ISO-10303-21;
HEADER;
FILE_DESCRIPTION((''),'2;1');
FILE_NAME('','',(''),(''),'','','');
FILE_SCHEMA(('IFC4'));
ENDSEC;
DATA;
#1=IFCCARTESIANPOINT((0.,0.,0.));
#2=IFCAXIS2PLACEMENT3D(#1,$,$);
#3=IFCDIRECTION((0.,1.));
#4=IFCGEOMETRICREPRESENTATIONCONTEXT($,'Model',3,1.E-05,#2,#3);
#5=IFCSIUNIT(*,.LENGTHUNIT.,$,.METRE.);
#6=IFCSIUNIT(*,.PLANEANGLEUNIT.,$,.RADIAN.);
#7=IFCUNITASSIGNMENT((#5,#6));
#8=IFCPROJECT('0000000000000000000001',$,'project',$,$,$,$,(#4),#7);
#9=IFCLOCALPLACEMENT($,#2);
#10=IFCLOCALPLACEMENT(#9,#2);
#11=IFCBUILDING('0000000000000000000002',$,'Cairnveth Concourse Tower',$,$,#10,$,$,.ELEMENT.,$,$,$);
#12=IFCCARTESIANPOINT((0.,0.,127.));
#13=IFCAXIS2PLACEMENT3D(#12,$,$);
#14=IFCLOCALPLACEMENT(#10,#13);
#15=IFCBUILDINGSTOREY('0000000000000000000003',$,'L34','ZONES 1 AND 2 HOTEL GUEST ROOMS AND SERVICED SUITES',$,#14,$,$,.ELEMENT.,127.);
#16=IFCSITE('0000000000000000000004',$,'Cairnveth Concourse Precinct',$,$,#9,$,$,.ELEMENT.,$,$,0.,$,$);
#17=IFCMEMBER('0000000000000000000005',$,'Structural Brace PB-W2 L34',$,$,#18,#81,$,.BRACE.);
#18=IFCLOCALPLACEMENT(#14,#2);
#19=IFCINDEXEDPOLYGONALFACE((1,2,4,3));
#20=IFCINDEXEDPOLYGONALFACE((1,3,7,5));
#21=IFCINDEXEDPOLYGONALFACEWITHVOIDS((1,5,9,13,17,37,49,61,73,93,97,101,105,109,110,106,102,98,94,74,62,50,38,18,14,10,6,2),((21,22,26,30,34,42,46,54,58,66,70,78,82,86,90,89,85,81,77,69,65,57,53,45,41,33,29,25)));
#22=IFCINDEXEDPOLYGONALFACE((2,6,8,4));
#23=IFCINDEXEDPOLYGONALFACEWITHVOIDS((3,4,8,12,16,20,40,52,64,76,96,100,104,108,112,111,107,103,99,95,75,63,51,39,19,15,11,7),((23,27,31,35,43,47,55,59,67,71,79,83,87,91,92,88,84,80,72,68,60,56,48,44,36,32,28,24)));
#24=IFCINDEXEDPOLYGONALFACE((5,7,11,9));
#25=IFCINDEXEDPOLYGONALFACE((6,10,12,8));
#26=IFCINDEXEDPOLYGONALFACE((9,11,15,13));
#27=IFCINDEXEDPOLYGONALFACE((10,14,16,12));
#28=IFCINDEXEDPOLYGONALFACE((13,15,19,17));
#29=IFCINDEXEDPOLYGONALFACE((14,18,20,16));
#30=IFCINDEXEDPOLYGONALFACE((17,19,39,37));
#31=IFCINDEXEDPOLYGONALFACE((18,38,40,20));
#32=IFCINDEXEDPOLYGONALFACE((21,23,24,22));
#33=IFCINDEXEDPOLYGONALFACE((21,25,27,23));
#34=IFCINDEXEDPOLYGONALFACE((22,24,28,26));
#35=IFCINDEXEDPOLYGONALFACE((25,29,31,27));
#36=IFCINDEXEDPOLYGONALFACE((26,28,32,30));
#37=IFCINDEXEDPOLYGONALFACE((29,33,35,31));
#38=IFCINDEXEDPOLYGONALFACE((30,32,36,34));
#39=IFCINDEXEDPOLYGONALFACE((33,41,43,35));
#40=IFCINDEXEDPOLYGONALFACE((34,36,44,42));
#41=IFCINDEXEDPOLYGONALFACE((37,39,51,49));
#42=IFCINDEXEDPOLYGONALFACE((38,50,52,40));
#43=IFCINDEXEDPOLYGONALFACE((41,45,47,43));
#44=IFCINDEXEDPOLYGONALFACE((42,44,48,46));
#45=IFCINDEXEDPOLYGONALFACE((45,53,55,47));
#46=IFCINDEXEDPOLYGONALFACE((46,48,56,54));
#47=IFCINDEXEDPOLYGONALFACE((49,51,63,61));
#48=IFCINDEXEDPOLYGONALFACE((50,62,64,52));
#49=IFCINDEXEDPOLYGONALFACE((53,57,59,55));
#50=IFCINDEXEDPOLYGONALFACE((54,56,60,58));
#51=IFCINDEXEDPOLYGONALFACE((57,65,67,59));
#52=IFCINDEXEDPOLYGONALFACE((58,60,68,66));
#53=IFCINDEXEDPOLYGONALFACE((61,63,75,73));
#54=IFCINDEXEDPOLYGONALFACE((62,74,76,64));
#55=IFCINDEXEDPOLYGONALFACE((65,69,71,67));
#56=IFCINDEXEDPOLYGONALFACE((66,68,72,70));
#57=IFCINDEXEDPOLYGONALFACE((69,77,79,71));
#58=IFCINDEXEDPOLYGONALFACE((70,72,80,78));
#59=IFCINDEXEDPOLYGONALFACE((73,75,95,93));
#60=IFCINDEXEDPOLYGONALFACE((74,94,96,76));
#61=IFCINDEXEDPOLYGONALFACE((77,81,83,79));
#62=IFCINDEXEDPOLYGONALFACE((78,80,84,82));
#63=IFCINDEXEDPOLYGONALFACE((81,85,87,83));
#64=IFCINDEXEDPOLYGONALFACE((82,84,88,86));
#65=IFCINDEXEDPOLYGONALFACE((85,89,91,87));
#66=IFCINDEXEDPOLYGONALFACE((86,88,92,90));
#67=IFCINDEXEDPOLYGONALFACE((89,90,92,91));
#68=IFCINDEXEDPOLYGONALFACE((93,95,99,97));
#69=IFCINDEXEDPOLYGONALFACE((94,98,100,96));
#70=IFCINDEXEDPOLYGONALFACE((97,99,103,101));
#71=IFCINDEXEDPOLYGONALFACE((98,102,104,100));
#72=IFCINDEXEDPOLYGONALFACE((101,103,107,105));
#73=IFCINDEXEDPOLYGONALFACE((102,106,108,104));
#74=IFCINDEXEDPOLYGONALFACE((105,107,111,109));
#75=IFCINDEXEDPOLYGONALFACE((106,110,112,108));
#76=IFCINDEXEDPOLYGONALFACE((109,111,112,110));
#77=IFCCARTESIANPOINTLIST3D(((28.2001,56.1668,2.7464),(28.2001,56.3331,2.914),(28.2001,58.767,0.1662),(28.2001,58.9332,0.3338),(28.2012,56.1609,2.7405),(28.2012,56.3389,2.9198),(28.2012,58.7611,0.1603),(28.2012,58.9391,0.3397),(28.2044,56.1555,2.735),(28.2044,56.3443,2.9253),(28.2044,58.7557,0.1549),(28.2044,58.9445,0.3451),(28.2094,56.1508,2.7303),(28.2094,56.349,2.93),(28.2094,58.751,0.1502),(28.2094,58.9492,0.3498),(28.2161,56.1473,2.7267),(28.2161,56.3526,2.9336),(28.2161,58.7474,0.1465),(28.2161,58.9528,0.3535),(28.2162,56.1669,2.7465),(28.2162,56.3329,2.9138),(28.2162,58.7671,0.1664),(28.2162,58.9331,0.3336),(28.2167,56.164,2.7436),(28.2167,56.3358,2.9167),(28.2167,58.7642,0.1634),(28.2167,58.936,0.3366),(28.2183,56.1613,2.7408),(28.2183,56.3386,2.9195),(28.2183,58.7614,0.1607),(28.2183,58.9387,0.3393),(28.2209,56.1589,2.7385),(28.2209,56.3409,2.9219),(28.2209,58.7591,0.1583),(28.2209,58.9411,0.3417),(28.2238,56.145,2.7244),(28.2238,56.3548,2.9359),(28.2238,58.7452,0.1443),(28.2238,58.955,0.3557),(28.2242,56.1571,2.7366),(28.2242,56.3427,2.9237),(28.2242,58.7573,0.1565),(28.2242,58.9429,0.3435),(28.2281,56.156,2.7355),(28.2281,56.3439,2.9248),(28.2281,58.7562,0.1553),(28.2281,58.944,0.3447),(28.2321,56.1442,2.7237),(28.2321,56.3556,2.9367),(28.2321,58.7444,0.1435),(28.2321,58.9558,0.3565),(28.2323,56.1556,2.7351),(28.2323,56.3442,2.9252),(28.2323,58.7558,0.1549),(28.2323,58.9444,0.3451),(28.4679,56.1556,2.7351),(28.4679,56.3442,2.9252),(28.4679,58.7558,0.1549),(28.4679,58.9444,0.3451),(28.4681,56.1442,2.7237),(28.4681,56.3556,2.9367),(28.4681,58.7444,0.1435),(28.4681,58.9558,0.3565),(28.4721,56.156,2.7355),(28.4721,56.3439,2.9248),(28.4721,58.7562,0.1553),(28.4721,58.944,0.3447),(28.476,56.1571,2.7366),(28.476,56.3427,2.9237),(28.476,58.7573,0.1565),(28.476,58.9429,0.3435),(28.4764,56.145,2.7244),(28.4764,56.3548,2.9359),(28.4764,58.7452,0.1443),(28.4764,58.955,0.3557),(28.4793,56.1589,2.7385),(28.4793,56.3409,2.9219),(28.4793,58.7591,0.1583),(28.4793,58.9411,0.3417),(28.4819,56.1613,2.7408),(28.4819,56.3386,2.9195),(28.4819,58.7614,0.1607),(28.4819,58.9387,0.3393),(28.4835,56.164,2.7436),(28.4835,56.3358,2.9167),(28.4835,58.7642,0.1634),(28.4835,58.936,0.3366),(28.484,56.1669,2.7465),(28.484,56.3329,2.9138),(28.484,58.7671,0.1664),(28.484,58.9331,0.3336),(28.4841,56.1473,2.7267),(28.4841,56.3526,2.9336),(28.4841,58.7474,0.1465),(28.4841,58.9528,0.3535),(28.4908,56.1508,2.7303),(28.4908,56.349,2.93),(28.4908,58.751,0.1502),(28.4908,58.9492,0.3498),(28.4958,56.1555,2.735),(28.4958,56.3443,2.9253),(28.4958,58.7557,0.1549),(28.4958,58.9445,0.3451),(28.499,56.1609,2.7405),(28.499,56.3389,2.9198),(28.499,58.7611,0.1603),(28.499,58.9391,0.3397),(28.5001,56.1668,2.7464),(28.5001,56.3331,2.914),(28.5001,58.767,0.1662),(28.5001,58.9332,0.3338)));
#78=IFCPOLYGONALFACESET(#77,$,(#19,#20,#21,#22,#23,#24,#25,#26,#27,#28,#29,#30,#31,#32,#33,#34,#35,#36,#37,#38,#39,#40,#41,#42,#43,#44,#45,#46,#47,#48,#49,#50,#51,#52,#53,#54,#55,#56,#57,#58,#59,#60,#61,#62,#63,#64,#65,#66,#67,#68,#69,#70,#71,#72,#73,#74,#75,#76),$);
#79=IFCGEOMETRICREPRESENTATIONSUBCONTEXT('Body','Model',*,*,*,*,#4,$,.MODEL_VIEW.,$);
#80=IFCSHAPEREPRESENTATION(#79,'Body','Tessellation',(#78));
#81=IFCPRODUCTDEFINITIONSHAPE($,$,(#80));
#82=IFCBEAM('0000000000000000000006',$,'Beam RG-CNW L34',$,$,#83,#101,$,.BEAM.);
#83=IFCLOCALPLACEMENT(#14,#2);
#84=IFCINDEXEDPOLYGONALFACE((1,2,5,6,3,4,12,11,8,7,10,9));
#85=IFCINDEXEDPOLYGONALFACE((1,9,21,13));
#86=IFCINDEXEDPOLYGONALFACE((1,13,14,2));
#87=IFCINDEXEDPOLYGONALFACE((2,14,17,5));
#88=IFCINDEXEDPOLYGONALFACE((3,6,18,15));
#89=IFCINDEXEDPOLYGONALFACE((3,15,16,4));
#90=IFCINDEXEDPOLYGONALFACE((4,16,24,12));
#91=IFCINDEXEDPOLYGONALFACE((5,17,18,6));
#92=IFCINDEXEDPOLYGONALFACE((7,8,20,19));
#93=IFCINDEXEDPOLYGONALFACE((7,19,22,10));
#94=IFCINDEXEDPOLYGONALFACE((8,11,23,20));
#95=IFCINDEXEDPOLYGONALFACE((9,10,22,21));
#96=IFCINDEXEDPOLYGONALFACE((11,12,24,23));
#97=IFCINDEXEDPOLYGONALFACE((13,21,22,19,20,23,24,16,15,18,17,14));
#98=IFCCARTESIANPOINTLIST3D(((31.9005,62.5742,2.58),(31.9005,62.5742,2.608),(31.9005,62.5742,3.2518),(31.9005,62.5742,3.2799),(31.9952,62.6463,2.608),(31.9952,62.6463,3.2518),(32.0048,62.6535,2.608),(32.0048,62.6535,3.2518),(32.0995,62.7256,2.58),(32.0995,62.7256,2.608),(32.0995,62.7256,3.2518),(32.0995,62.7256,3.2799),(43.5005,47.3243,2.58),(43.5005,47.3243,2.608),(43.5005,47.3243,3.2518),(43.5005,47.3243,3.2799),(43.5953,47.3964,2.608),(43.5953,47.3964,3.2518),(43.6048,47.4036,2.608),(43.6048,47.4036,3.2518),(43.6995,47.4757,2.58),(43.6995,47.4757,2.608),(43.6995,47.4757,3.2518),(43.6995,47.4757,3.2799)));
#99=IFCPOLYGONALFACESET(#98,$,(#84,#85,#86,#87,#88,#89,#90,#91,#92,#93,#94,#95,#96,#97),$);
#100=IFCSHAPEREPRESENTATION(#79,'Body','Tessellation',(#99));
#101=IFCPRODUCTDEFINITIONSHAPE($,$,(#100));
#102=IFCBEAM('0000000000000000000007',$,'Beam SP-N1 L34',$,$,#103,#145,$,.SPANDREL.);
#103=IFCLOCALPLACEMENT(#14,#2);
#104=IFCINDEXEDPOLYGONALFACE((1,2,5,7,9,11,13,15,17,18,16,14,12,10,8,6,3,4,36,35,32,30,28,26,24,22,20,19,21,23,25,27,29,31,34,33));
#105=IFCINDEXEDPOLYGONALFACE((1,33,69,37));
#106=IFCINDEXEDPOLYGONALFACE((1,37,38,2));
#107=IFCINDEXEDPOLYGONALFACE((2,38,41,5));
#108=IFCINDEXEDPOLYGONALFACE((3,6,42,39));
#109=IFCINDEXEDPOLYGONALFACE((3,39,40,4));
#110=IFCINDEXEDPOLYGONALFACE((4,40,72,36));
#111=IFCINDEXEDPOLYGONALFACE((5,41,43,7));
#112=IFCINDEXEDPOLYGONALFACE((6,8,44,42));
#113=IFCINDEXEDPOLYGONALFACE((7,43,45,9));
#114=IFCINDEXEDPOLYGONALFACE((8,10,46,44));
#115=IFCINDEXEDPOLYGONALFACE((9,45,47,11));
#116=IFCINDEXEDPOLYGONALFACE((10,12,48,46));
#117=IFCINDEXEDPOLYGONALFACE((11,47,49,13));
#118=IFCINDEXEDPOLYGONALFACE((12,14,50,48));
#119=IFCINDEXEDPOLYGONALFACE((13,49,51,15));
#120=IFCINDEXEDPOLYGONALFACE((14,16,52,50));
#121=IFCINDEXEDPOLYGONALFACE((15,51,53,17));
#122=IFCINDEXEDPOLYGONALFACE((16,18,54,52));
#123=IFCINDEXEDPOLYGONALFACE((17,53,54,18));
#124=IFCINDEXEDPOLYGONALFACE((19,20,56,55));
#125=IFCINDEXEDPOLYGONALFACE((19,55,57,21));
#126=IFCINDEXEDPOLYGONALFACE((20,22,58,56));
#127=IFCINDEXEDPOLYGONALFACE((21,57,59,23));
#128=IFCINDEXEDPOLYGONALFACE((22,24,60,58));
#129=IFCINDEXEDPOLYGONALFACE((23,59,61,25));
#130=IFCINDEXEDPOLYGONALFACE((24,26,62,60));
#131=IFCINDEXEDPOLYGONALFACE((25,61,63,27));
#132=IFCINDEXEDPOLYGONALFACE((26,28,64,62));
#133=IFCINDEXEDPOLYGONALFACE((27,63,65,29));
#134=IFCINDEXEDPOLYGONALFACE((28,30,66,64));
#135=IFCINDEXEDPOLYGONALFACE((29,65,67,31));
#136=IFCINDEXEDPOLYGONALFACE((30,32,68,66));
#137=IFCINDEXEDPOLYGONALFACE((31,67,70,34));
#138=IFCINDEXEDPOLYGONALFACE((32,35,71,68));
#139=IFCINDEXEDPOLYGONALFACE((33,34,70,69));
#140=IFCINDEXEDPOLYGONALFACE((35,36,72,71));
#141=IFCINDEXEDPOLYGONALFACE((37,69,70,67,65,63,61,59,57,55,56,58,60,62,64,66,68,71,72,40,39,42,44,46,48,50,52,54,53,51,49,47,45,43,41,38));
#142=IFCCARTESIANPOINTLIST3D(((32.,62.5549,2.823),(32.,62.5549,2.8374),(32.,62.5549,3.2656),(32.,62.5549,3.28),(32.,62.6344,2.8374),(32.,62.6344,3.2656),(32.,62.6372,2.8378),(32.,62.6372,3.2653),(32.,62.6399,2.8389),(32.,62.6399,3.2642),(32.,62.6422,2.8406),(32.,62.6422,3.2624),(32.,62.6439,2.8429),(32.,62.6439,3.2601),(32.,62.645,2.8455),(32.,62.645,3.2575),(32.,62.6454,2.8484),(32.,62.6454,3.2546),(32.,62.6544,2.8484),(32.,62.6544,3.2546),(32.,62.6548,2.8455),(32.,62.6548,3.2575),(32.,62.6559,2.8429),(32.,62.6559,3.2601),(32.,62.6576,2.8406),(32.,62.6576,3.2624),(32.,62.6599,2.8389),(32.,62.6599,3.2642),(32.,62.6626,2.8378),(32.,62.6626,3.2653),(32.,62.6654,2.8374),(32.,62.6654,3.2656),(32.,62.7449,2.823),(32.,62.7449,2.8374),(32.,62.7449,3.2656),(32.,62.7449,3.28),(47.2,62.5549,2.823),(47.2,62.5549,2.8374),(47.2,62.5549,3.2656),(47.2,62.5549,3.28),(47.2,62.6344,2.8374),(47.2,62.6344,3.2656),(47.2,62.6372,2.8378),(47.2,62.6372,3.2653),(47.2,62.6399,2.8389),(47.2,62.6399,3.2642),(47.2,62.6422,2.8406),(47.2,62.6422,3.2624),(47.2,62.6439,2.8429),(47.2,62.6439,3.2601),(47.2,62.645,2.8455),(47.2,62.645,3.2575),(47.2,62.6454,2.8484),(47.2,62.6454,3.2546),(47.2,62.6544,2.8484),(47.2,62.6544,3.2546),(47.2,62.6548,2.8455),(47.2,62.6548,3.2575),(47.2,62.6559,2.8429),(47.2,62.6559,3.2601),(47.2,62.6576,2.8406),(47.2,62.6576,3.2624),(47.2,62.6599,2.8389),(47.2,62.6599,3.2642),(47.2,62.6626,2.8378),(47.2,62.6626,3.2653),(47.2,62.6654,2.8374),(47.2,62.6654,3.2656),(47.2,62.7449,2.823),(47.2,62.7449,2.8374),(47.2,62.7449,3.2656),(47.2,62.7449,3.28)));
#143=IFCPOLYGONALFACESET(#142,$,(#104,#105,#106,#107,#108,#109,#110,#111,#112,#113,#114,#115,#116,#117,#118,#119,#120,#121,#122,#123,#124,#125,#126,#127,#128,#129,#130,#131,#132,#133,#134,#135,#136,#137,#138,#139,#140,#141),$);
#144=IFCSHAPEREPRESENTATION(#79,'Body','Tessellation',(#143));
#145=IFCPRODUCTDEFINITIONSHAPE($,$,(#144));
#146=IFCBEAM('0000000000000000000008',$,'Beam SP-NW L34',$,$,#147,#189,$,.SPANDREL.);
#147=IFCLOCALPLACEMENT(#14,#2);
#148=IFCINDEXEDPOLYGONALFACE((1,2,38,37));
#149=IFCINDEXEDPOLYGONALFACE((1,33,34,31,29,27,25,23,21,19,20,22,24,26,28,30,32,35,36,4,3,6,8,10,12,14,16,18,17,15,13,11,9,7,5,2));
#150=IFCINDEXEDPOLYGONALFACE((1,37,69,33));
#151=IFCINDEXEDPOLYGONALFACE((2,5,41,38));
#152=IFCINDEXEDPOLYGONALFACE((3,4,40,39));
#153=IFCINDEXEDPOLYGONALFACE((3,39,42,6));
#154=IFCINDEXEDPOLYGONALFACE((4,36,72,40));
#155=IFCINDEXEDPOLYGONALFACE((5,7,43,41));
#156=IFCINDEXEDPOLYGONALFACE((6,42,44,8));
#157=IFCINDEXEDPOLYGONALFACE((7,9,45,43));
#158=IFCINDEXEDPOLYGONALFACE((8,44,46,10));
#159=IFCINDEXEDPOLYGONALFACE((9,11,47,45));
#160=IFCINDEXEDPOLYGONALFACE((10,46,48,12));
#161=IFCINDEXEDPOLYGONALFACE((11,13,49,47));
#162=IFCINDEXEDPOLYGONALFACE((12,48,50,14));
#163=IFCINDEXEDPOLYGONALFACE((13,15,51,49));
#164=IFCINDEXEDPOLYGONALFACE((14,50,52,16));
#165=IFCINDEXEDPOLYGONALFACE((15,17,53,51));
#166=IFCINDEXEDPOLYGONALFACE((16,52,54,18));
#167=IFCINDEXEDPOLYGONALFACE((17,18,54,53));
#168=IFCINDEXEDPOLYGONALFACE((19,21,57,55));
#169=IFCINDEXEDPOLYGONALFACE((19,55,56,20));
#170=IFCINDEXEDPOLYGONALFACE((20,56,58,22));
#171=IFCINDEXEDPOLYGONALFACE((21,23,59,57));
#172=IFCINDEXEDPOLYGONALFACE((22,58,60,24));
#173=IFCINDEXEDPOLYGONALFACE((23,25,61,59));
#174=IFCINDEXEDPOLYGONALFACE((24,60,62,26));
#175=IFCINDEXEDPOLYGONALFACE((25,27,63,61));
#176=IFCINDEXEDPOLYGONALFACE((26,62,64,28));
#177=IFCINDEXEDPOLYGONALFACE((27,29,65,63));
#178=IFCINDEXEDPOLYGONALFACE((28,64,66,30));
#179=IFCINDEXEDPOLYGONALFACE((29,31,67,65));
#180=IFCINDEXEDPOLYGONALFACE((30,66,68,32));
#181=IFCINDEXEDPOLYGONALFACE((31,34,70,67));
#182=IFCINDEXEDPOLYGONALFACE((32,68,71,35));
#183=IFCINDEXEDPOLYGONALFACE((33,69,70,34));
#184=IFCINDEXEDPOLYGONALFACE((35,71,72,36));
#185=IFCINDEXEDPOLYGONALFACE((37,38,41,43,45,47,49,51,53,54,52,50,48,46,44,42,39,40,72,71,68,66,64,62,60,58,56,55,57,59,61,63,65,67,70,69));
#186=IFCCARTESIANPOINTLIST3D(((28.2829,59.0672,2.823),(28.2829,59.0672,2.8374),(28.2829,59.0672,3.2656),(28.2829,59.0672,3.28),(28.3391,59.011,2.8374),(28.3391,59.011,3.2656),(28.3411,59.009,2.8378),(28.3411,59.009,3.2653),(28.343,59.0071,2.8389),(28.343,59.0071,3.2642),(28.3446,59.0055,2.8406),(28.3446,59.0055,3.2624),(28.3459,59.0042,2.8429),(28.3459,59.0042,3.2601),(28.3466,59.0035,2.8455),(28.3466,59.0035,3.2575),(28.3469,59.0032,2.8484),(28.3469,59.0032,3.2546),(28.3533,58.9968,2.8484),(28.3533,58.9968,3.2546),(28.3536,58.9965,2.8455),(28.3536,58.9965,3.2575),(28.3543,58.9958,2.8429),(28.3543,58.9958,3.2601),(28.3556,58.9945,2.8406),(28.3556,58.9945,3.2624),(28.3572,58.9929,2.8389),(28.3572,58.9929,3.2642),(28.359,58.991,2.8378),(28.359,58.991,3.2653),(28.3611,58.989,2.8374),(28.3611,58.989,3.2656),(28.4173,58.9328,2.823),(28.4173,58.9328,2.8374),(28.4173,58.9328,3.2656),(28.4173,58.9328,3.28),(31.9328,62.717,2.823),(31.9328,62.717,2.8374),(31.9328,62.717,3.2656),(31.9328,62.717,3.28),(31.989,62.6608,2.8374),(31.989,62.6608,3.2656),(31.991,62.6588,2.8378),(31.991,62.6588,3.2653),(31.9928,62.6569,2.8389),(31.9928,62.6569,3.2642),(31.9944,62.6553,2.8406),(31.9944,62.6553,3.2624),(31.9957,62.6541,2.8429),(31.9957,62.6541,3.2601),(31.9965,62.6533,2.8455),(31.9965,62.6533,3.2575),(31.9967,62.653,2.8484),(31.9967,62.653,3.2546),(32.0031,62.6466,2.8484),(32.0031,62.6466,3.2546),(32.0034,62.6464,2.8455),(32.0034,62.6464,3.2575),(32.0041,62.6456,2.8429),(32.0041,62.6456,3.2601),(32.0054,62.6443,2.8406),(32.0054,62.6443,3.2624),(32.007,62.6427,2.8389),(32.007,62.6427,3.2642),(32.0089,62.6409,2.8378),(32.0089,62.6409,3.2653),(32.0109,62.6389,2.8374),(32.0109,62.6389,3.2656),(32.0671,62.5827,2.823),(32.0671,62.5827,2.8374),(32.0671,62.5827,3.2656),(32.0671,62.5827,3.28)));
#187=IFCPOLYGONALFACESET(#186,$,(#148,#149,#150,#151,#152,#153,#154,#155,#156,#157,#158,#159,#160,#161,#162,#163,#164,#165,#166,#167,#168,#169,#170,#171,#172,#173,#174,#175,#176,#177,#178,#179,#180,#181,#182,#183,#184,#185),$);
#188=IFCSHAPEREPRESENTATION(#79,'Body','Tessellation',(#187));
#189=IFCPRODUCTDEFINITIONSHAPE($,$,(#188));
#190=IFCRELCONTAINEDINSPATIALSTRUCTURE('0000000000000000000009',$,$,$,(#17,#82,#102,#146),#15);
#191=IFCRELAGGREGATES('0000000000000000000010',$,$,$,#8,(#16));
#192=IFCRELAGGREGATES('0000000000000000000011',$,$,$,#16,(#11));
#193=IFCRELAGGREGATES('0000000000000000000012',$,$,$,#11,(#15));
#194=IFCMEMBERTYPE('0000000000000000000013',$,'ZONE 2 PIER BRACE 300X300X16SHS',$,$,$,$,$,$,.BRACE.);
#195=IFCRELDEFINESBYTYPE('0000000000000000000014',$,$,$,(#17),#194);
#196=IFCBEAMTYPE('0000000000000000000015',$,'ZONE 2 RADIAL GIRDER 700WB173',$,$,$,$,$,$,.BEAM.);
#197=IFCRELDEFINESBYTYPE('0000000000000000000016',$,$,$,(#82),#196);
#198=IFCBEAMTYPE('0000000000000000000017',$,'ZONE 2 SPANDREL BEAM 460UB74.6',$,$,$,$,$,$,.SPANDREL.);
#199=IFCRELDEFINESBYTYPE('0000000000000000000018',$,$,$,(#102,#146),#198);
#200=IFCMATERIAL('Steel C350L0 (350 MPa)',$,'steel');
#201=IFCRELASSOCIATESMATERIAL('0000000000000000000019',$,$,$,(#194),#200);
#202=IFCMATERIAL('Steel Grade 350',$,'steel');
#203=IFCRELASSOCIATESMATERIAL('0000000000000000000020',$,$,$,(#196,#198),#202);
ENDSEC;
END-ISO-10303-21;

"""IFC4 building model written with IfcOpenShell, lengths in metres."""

from ifc_helpers import new_model, si_unit, direction, frame, origin, origin_2d, place, context, subcontext, project, spatial, hollow_rectangle, i_section, extrude, material, material_profile, profile_set, type_object, element, save


model = new_model("IFC4")

# Units and contexts
model_context = context("Model", 3, precision=1e-05, world=origin(), true_north=direction((0.0, 1.0)))
body_context = subcontext(model_context, "Body", "Model", "MODEL_VIEW")
ifc_project = project(units=[si_unit("LENGTHUNIT", "METRE"), si_unit("PLANEANGLEUNIT", "RADIAN")], contexts=[model_context])

# Site, building, storey
site_placement = place(None, origin())
site = spatial("IfcSite", under=ifc_project, at=site_placement, Name="Cairnveth Concourse Precinct", CompositionType="ELEMENT", RefElevation=0.0)
building_placement = place(site_placement, origin())
building = spatial("IfcBuilding", under=site, at=building_placement, Name="Cairnveth Concourse Tower", CompositionType="ELEMENT")
storey_placement = place(building_placement, frame((0.0, 0.0, 127.0)))
storey = spatial("IfcBuildingStorey", under=building, at=storey_placement, Name="L34", Description="ZONES 1 AND 2 HOTEL GUEST ROOMS AND SERVICED SUITES", CompositionType="ELEMENT", Elevation=127.0)

# Shared definitions
ifc_material_1 = material(Name="Steel Grade 350", Category="steel")

# Member
ifc_material_2 = material(Name="Steel C350L0 (350 MPa)", Category="steel")
ifc_material_profile_1 = material_profile(ifc_material_2, hollow_rectangle(XDim=0.3, YDim=0.3, WallThickness=0.0161, InnerFilletRadius=0.0161, OuterFilletRadius=0.032, at=origin_2d()), Name="300x300x16.0SHS")
ifc_profile_set_1 = profile_set([ifc_material_profile_1], Name="Steel C350L0 (350 MPa)")
member_type = type_object("IfcMemberType", Name="ZONE 2 PIER BRACE 300X300X16SHS", PredefinedType="BRACE", material=ifc_profile_set_1)
for number, where, z_axis, x_axis, name in (
    (1, (28.3501, 58.8501, 0.25), (0.0, -0.709834, 0.704369), (1.0, 0.0, 0.0), "Structural Brace PB-W2 L34"),
):
    element("IfcMember", number, at=place(storey_placement, frame(where, z_axis=z_axis, x_axis=x_axis)), inside=storey, type_object=member_type, Name=name, PredefinedType="BRACE", context=body_context, shape_type="SweptSolid", body=[
        extrude(hollow_rectangle(XDim=0.3, YDim=0.3, WallThickness=0.0161, InnerFilletRadius=0.0161, OuterFilletRadius=0.032, at=origin_2d()), origin(), (0.0, 0.0, 1.0), 3.6631),
    ])

# Beams
ifc_material_profile_2 = material_profile(ifc_material_1, i_section(OverallWidth=0.25, OverallDepth=0.7, WebThickness=0.012, FlangeThickness=0.0281, at=origin_2d()), Name="700WB173")
ifc_profile_set_2 = profile_set([ifc_material_profile_2], Name="Steel Grade 350")
beam_type_1 = type_object("IfcBeamType", Name="ZONE 2 RADIAL GIRDER 700WB173", PredefinedType="BEAM", material=ifc_profile_set_2)
beam_1_placement = place(storey_placement, frame((32.0, 62.6499, 2.9299), z_axis=(0.605417, -0.795908, 0.0), x_axis=(0.795908, 0.605417, 0.0)))
element("IfcBeam", 2, at=beam_1_placement, inside=storey, type_object=beam_type_1, Name="Beam RG-CNW L34", PredefinedType="BEAM", context=body_context, shape_type="SweptSolid", body=[
    extrude(i_section(OverallWidth=0.25, OverallDepth=0.7, WebThickness=0.012, FlangeThickness=0.0281, at=origin_2d()), origin(), (0.0, 0.0, 1.0), 19.1604),
])
ifc_material_profile_3 = material_profile(ifc_material_1, i_section(OverallWidth=0.1899, OverallDepth=0.457, WebThickness=0.009, FlangeThickness=0.0144, FilletRadius=0.011, at=origin_2d()), Name="460UB74.6")
ifc_profile_set_3 = profile_set([ifc_material_profile_3], Name="Steel Grade 350")
beam_type_2 = type_object("IfcBeamType", Name="ZONE 2 SPANDREL BEAM 460UB74.6", PredefinedType="SPANDREL", material=ifc_profile_set_3)
beam_2_placement = place(storey_placement, frame((32.0, 62.6499, 3.0515), z_axis=(1.0, 0.0, 0.0), x_axis=(0.0, 1.0, 0.0)))
element("IfcBeam", 3, at=beam_2_placement, inside=storey, type_object=beam_type_2, Name="Beam SP-N1 L34", PredefinedType="SPANDREL", context=body_context, shape_type="SweptSolid", body=[
    extrude(i_section(OverallWidth=0.1899, OverallDepth=0.457, WebThickness=0.009, FlangeThickness=0.0144, FilletRadius=0.011, at=origin_2d()), origin(), (0.0, 0.0, 1.0), 15.2),
])
beam_3_placement = place(storey_placement, frame((28.3501, 59.0, 3.0515), z_axis=(0.707107, 0.707107, 0.0), x_axis=(-0.707107, 0.707107, 0.0)))
element("IfcBeam", 4, at=beam_3_placement, inside=storey, type_object=beam_type_2, Name="Beam SP-NW L34", PredefinedType="SPANDREL", context=body_context, shape_type="SweptSolid", body=[
    extrude(i_section(OverallWidth=0.1899, OverallDepth=0.457, WebThickness=0.009, FlangeThickness=0.0144, FilletRadius=0.011, at=origin_2d()), origin(), (0.0, 0.0, 1.0), 5.1616),
])

save(model, "model.ifc")
